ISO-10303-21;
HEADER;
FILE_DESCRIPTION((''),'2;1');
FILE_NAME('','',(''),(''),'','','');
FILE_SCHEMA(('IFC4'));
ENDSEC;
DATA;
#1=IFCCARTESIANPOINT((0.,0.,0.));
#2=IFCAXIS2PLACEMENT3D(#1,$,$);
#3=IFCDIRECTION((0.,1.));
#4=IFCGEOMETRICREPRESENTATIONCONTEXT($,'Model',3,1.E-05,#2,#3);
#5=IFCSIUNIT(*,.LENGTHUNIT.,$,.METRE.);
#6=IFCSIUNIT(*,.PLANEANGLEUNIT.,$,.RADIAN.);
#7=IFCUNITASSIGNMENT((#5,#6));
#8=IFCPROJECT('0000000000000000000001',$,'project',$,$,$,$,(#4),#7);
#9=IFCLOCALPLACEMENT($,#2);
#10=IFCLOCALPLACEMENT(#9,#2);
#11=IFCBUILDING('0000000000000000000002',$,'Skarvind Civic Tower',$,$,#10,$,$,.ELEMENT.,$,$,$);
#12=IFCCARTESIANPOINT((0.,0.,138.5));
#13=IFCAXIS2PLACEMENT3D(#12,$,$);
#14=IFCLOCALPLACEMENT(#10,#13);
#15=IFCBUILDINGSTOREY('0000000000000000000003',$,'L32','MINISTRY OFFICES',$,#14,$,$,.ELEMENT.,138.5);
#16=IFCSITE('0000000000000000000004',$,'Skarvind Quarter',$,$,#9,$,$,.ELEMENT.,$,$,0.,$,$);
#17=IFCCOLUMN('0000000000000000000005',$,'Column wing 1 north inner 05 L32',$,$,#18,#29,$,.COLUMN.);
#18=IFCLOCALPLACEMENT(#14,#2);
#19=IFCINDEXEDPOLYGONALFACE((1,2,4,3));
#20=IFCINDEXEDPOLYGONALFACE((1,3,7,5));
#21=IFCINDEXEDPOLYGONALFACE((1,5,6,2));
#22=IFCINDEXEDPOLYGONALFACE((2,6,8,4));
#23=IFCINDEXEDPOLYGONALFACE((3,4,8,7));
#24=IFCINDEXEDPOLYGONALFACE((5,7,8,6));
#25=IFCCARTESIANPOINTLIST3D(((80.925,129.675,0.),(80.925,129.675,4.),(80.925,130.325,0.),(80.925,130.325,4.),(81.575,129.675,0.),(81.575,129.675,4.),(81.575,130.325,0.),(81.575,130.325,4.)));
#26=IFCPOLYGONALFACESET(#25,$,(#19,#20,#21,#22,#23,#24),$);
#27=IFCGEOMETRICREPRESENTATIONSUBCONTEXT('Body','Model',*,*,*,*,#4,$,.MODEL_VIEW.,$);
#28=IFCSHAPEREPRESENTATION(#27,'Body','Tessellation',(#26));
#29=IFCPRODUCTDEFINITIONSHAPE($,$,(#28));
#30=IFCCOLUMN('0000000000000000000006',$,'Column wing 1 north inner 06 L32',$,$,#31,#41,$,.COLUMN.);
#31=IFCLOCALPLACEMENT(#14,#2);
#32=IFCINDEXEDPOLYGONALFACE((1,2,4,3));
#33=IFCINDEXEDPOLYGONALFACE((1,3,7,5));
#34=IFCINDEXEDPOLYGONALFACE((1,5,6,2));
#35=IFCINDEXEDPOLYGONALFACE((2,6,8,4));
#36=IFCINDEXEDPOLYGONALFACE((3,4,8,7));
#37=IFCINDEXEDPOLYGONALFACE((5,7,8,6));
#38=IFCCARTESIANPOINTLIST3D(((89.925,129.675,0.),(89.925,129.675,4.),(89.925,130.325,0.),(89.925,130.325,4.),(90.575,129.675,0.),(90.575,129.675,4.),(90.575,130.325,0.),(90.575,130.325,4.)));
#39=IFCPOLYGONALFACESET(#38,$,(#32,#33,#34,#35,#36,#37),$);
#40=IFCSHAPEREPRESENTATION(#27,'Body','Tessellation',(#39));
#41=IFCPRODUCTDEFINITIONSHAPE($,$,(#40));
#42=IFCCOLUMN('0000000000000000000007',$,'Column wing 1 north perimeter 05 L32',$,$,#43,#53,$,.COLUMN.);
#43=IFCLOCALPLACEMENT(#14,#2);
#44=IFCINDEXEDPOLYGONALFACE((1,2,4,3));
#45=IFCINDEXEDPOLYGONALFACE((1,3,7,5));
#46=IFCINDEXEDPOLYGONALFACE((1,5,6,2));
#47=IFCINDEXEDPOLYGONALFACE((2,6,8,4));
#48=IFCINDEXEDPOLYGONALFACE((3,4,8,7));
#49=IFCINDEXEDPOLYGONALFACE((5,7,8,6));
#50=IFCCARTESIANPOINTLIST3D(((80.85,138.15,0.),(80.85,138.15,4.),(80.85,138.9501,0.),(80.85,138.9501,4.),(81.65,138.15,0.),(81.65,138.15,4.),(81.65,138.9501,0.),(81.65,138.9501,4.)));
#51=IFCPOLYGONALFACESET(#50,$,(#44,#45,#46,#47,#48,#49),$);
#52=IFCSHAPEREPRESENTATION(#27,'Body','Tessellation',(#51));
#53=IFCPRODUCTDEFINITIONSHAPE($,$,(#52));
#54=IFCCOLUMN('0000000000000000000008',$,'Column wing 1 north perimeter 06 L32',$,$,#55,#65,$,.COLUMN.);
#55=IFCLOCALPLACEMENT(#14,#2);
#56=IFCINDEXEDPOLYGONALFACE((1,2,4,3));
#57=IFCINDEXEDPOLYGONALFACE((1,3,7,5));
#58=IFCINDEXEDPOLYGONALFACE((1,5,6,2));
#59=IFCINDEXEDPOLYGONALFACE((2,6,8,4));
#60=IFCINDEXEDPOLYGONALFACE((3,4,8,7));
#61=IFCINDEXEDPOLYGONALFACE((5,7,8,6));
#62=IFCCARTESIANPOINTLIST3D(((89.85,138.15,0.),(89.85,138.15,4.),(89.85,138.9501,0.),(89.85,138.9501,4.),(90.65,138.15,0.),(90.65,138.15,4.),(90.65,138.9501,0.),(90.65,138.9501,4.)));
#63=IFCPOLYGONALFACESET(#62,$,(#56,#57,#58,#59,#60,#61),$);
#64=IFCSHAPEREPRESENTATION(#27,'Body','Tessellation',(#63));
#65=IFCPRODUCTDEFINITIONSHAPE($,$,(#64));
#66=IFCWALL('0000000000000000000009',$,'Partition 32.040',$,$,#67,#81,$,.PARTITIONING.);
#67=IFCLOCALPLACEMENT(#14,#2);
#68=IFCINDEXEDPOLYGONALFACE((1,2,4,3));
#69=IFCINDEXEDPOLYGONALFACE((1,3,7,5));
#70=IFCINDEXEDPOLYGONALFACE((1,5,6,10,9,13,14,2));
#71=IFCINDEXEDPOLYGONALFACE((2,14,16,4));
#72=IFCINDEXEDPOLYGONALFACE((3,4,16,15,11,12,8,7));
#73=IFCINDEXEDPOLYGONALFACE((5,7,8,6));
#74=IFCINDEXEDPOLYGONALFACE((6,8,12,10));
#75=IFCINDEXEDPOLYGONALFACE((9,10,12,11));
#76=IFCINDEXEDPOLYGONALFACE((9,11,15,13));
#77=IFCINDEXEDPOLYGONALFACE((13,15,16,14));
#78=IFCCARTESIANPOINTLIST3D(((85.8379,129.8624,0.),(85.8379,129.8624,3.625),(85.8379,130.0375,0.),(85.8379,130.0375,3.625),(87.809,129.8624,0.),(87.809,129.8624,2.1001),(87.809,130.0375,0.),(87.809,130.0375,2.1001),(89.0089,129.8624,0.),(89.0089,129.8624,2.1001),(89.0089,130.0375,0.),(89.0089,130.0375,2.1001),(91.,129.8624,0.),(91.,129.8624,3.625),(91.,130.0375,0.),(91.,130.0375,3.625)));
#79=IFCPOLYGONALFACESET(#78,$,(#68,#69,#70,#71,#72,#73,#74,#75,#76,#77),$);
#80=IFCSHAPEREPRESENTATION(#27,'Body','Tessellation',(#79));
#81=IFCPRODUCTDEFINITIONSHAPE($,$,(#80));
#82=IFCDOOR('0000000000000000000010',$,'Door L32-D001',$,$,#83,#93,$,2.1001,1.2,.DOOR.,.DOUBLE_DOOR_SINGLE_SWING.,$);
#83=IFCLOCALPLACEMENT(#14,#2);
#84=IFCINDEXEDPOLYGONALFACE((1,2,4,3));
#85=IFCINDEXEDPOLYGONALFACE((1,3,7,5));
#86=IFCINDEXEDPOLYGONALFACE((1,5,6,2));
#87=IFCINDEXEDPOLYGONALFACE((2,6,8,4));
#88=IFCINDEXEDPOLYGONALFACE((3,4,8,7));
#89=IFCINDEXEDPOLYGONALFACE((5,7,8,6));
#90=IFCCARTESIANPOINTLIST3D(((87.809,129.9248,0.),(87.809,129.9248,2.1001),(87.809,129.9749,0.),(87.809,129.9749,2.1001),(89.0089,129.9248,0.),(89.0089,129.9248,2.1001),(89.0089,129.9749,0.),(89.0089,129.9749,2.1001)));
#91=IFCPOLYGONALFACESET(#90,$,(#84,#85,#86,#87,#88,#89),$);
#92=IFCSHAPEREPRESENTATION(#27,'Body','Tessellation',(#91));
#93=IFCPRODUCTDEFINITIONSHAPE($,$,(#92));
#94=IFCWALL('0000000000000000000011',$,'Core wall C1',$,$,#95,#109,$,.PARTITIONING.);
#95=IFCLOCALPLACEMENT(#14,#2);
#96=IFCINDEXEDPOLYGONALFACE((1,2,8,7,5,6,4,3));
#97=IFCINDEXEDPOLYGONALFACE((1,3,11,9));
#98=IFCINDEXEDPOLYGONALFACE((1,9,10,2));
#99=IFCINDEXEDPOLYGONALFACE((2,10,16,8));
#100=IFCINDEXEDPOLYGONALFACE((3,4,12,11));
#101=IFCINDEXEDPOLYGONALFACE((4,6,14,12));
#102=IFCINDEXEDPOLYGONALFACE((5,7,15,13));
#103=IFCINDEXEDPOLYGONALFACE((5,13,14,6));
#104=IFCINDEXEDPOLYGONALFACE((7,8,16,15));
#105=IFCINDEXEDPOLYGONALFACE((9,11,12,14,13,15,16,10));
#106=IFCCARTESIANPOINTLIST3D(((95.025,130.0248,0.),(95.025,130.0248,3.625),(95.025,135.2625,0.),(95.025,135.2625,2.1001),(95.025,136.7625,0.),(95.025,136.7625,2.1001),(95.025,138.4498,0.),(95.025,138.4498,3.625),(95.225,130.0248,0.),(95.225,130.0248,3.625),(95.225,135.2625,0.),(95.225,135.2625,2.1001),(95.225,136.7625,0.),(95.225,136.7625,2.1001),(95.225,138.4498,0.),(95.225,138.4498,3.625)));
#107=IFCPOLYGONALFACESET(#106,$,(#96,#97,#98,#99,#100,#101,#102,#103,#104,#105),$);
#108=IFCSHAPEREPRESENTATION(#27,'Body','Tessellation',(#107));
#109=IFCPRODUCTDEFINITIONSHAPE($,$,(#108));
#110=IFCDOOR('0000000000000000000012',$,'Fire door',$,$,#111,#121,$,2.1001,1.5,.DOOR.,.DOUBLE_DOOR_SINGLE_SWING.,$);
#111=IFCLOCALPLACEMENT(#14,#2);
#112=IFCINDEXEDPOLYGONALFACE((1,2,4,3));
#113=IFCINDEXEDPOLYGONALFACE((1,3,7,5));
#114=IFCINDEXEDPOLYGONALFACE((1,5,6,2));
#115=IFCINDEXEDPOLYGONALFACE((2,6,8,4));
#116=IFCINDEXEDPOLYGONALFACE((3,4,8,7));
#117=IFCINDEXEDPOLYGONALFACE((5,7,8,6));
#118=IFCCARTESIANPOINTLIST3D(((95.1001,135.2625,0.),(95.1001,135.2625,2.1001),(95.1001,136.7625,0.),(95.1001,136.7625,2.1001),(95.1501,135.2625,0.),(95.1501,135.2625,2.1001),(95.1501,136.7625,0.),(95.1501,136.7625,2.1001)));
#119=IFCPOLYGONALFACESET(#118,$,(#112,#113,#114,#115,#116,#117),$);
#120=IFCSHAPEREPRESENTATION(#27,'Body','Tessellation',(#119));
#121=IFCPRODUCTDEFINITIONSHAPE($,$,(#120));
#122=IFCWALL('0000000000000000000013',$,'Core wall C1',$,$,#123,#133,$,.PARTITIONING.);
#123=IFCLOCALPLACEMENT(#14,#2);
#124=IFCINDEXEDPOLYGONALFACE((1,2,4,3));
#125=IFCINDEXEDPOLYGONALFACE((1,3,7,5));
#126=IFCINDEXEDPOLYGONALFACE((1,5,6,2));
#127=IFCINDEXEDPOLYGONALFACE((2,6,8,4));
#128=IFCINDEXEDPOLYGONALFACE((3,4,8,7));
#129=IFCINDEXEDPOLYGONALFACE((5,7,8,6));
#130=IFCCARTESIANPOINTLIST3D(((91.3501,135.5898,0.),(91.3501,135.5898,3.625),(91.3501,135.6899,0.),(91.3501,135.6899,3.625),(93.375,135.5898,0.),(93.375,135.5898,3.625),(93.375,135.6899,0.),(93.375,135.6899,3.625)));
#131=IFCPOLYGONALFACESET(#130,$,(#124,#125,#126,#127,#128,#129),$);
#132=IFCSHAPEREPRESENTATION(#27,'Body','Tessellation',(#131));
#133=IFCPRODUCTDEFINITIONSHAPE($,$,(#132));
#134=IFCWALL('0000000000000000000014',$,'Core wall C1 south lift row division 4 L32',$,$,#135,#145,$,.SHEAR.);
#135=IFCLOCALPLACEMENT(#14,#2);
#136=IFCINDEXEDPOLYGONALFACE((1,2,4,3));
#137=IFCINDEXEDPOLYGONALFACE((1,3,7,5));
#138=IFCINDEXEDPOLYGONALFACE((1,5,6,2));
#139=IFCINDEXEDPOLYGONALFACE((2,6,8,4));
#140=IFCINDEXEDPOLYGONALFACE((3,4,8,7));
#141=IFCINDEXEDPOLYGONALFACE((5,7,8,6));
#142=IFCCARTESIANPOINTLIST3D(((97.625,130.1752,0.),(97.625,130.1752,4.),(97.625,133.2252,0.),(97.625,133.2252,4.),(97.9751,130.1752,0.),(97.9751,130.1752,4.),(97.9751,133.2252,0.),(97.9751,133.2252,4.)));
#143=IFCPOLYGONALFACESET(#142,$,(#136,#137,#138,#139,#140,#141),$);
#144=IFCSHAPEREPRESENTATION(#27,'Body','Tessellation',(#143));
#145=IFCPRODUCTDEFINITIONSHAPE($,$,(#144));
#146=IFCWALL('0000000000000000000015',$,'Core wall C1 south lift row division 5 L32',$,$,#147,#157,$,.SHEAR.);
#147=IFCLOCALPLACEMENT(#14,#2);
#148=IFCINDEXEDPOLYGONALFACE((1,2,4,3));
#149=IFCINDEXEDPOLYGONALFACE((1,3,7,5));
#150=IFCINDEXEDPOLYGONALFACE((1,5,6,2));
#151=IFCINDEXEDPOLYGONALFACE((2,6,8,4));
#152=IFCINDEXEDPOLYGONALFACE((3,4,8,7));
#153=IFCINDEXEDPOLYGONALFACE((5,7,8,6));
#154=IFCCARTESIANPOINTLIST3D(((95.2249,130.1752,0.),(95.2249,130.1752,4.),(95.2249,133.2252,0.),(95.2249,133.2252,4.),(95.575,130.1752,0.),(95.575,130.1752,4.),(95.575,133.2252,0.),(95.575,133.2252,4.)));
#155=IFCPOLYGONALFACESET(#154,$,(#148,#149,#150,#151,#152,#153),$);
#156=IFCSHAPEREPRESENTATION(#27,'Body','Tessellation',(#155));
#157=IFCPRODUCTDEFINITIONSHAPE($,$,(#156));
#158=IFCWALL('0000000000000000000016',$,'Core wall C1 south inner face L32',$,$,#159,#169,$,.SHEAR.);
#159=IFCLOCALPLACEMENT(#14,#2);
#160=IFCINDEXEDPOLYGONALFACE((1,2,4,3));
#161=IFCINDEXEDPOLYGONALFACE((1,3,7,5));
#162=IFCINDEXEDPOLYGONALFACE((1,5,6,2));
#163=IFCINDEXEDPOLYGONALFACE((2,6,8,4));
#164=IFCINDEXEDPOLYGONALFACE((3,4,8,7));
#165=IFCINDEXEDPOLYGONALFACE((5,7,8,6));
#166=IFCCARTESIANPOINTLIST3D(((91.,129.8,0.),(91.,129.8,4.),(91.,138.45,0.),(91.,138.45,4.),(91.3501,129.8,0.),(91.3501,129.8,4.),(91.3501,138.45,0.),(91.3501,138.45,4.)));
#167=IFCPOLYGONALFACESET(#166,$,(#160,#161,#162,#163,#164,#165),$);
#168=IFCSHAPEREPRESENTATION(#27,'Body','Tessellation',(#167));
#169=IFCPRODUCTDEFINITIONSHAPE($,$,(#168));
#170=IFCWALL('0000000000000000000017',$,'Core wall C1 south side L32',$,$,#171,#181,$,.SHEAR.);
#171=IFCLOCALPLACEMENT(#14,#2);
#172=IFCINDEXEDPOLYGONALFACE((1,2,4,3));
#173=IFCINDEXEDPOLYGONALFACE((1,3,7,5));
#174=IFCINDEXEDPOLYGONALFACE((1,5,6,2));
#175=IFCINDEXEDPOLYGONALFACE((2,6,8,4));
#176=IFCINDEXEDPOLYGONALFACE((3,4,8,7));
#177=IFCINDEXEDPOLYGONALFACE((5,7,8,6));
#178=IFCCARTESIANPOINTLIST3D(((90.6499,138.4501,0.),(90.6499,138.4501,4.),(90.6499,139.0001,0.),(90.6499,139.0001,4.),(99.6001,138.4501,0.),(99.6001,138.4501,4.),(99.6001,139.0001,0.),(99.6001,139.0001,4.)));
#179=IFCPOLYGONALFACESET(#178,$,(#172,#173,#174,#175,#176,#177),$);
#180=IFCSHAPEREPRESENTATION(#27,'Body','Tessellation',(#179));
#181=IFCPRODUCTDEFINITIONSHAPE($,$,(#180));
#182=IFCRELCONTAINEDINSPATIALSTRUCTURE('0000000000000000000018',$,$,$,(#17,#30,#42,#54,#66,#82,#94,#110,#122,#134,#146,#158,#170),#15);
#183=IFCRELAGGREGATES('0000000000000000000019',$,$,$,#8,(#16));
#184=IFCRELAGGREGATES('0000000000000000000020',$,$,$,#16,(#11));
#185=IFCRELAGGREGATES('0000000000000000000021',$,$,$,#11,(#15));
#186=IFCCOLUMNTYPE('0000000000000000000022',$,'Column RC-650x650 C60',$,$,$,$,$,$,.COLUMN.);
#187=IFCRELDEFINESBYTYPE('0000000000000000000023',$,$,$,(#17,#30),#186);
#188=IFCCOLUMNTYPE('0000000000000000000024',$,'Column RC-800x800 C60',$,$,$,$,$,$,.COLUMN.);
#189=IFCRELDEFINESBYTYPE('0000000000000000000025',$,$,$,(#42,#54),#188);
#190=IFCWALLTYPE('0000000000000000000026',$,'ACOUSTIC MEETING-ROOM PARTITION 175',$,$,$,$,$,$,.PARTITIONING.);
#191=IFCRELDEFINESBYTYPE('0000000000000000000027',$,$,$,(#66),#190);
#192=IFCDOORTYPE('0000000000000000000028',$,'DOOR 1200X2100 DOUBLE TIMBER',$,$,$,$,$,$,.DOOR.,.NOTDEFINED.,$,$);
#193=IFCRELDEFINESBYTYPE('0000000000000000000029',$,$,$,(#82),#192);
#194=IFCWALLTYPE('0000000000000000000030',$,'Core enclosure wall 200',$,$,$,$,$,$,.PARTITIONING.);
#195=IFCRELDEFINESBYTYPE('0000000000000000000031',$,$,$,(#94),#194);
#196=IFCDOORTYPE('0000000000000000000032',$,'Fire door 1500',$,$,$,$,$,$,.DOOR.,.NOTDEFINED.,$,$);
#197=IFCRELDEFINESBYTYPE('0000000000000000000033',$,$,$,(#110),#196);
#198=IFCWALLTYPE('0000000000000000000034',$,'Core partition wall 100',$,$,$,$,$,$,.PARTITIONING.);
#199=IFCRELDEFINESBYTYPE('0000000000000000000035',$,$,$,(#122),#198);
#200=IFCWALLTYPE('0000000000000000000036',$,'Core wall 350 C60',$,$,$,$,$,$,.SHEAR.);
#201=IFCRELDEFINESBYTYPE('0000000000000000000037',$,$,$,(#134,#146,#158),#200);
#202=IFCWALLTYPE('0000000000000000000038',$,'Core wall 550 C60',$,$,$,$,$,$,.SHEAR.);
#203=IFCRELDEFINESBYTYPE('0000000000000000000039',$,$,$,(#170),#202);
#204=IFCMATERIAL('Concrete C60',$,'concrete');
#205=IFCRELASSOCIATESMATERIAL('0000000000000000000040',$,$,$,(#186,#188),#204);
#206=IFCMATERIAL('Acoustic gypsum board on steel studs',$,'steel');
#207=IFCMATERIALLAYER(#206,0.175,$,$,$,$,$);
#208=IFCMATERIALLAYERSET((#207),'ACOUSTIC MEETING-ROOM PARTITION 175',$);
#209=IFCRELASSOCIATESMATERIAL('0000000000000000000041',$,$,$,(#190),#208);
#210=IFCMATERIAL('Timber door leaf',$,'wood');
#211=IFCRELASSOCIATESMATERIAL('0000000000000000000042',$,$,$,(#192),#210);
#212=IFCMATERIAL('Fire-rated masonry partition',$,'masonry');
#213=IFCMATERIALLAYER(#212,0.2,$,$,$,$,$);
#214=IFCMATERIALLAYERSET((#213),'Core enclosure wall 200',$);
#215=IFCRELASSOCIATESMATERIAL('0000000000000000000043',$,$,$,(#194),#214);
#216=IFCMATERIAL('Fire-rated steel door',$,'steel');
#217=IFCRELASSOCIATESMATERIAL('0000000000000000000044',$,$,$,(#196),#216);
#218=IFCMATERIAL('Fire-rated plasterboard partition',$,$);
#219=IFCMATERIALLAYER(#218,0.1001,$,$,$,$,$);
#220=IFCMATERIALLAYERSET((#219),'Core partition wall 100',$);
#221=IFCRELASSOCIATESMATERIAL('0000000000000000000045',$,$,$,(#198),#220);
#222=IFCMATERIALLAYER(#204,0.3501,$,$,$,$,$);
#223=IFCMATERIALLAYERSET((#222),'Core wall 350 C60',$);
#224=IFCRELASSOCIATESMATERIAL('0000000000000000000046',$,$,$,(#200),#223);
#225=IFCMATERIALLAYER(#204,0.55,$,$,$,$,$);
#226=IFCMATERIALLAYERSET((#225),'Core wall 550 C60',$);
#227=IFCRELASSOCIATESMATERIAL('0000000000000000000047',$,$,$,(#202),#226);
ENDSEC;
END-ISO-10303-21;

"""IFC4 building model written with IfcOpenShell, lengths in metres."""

from ifc_helpers import new_model, si_unit, direction, frame, frame_2d, origin, origin_2d, place, context, subcontext, project, spatial, rectangle, extrude, material, layer, layer_set, material_profile, profile_set, type_object, element, fill, save


model = new_model("IFC4")

# Units and contexts
model_context = context("Model", 3, precision=1e-05, world=origin(), true_north=direction((0.0, 1.0)))
body_context = subcontext(model_context, "Body", "Model", "MODEL_VIEW")
ifc_project = project(units=[si_unit("LENGTHUNIT", "METRE"), si_unit("PLANEANGLEUNIT", "RADIAN")], contexts=[model_context])

# Site, building, storey
site_placement = place(None, origin())
site = spatial("IfcSite", under=ifc_project, at=site_placement, Name="Skarvind Quarter", CompositionType="ELEMENT", RefElevation=0.0)
building_placement = place(site_placement, origin())
building = spatial("IfcBuilding", under=site, at=building_placement, Name="Skarvind Civic Tower", CompositionType="ELEMENT")
storey_placement = place(building_placement, frame((0.0, 0.0, 138.5)))
storey = spatial("IfcBuildingStorey", under=building, at=storey_placement, Name="L32", Description="MINISTRY OFFICES", CompositionType="ELEMENT", Elevation=138.5)

# Columns
ifc_material_1 = material(Name="Concrete C60", Category="concrete")
ifc_material_profile_1 = material_profile(ifc_material_1, rectangle(XDim=0.6499, YDim=0.6499, at=origin_2d()), Name="RC-650x650")
ifc_profile_set_1 = profile_set([ifc_material_profile_1], Name="Concrete C60")
column_type_1 = type_object("IfcColumnType", Name="Column RC-650x650 C60", PredefinedType="COLUMN", material=ifc_profile_set_1)
for number, where, z_axis, x_axis, name in (
    (1, (81.25, 130.0, 0.0), (0.0, 0.0, 1.0), (1.0, 0.0, 0.0), "Column wing 1 north inner 05 L32"),
    (2, (90.25, 130.0, 0.0), (0.0, 0.0, 1.0), (1.0, 0.0, 0.0), "Column wing 1 north inner 06 L32"),
):
    element("IfcColumn", number, at=place(storey_placement, frame(where, z_axis=z_axis, x_axis=x_axis)), inside=storey, type_object=column_type_1, Name=name, PredefinedType="COLUMN", context=body_context, shape_type="SweptSolid", body=[
        extrude(rectangle(XDim=0.6499, YDim=0.6499, at=origin_2d()), origin(), (0.0, 0.0, 1.0), 4.0),
    ])
ifc_material_profile_2 = material_profile(ifc_material_1, rectangle(XDim=0.8, YDim=0.8, at=origin_2d()), Name="RC-800x800")
ifc_profile_set_2 = profile_set([ifc_material_profile_2], Name="Concrete C60")
column_type_2 = type_object("IfcColumnType", Name="Column RC-800x800 C60", PredefinedType="COLUMN", material=ifc_profile_set_2)
for number, where, z_axis, x_axis, name in (
    (3, (81.25, 138.55, 0.0), (0.0, 0.0, 1.0), (1.0, 0.0, 0.0), "Column wing 1 north perimeter 05 L32"),
    (4, (90.25, 138.55, 0.0), (0.0, 0.0, 1.0), (1.0, 0.0, 0.0), "Column wing 1 north perimeter 06 L32"),
):
    element("IfcColumn", number, at=place(storey_placement, frame(where, z_axis=z_axis, x_axis=x_axis)), inside=storey, type_object=column_type_2, Name=name, PredefinedType="COLUMN", context=body_context, shape_type="SweptSolid", body=[
        extrude(rectangle(XDim=0.8, YDim=0.8, at=origin_2d()), origin(), (0.0, 0.0, 1.0), 4.0),
    ])

# Walls, openings, doors
ifc_material_2 = material(Name="Acoustic gypsum board on steel studs", Category="steel")
ifc_layer_1 = layer(ifc_material_2, 0.175)
ifc_layer_set_1 = layer_set([ifc_layer_1], Name="ACOUSTIC MEETING-ROOM PARTITION 175")
wall_type_1 = type_object("IfcWallType", Name="ACOUSTIC MEETING-ROOM PARTITION 175", PredefinedType="PARTITIONING", material=ifc_layer_set_1)
wall_1_placement = place(storey_placement, frame((85.8379, 129.95, 0.0), z_axis=(0.0, 0.0, 1.0), x_axis=(1.0, 0.0, 0.0)))
wall_1 = element("IfcWall", 5, at=wall_1_placement, inside=storey, type_object=wall_type_1, Name="Partition 32.040", PredefinedType="PARTITIONING", context=body_context, shape_type="SweptSolid", body=[
    extrude(rectangle(XDim=5.1621, YDim=0.175, at=frame_2d((2.5811, 0.0))), origin(), (0.0, 0.0, 1.0), 3.625),
])
opening_1_placement = place(wall_1_placement, frame((1.9709, 0.0, 0.0)))
opening_1 = element("IfcOpeningElement", 6, at=opening_1_placement, cuts=wall_1, PredefinedType="OPENING", context=body_context, shape_type="SweptSolid", body=[
    extrude(rectangle(XDim=1.2, YDim=2.1001, at=frame_2d((0.6001, 1.05))), frame((0.0, 0.0974, 0.0), z_axis=(0.0, -1.0, 0.0), x_axis=(1.0, 0.0, 0.0)), (0.0, 0.0, 1.0), 0.1951),
])
ifc_material_3 = material(Name="Timber door leaf", Category="wood")
door_type_1 = type_object("IfcDoorType", Name="DOOR 1200X2100 DOUBLE TIMBER", OperationType="NOTDEFINED", PredefinedType="DOOR", material=ifc_material_3)
door_1_placement = place(opening_1_placement, origin())
door_1 = element("IfcDoor", 7, at=door_1_placement, inside=storey, type_object=door_type_1, Name="Door L32-D001", OperationType="DOUBLE_DOOR_SINGLE_SWING", OverallHeight=2.1001, OverallWidth=1.2, PredefinedType="DOOR", context=body_context, shape_type="SweptSolid", body=[
    extrude(rectangle(XDim=1.2, YDim=2.1001, at=frame_2d((0.6001, 1.05))), frame((0.0, 0.0249, 0.0), z_axis=(0.0, -1.0, 0.0), x_axis=(1.0, 0.0, 0.0)), (0.0, 0.0, 1.0), 0.05),
])
fill(opening_1, door_1)
ifc_material_4 = material(Name="Fire-rated masonry partition", Category="masonry")
ifc_layer_2 = layer(ifc_material_4, 0.2)
ifc_layer_set_2 = layer_set([ifc_layer_2], Name="Core enclosure wall 200")
wall_type_2 = type_object("IfcWallType", Name="Core enclosure wall 200", PredefinedType="PARTITIONING", material=ifc_layer_set_2)
wall_2_placement = place(storey_placement, frame((95.125, 130.0249, 0.0), z_axis=(0.0, 0.0, 1.0), x_axis=(0.0, 1.0, 0.0)))
wall_2 = element("IfcWall", 8, at=wall_2_placement, inside=storey, type_object=wall_type_2, Name="Core wall C1", PredefinedType="PARTITIONING", context=body_context, shape_type="SweptSolid", body=[
    extrude(rectangle(XDim=8.425, YDim=0.2, at=frame_2d((4.2124, 0.0))), origin(), (0.0, 0.0, 1.0), 3.625),
])
opening_2_placement = place(wall_2_placement, frame((5.2375, 0.0, 0.0)))
opening_2 = element("IfcOpeningElement", 9, at=opening_2_placement, cuts=wall_2, PredefinedType="OPENING", context=body_context, shape_type="SweptSolid", body=[
    extrude(rectangle(XDim=1.5, YDim=2.1001, at=frame_2d((0.75, 1.05))), frame((0.0, 0.1099, 0.0), z_axis=(0.0, -1.0, 0.0), x_axis=(1.0, 0.0, 0.0)), (0.0, 0.0, 1.0), 0.22),
])
ifc_material_5 = material(Name="Fire-rated steel door", Category="steel")
door_type_2 = type_object("IfcDoorType", Name="Fire door 1500", OperationType="NOTDEFINED", PredefinedType="DOOR", material=ifc_material_5)
door_2_placement = place(opening_2_placement, origin())
door_2 = element("IfcDoor", 10, at=door_2_placement, inside=storey, type_object=door_type_2, Name="Fire door", OperationType="DOUBLE_DOOR_SINGLE_SWING", OverallHeight=2.1001, OverallWidth=1.5, PredefinedType="DOOR", context=body_context, shape_type="SweptSolid", body=[
    extrude(rectangle(XDim=1.5, YDim=2.1001, at=frame_2d((0.75, 1.05))), frame((0.0, 0.0249, 0.0), z_axis=(0.0, -1.0, 0.0), x_axis=(1.0, 0.0, 0.0)), (0.0, 0.0, 1.0), 0.05),
])
fill(opening_2, door_2)

# Walls
ifc_material_6 = material(Name="Fire-rated plasterboard partition")
ifc_layer_3 = layer(ifc_material_6, 0.1001)
ifc_layer_set_3 = layer_set([ifc_layer_3], Name="Core partition wall 100")
wall_type_3 = type_object("IfcWallType", Name="Core partition wall 100", PredefinedType="PARTITIONING", material=ifc_layer_set_3)
wall_3_placement = place(storey_placement, frame((91.3501, 135.6399, 0.0), z_axis=(0.0, 0.0, 1.0), x_axis=(1.0, 0.0, 0.0)))
element("IfcWall", 11, at=wall_3_placement, inside=storey, type_object=wall_type_3, Name="Core wall C1", PredefinedType="PARTITIONING", context=body_context, shape_type="SweptSolid", body=[
    extrude(rectangle(XDim=2.0249, YDim=0.1001, at=frame_2d((1.0125, 0.0))), origin(), (0.0, 0.0, 1.0), 3.625),
])
ifc_layer_4 = layer(ifc_material_1, 0.3501)
ifc_layer_set_4 = layer_set([ifc_layer_4], Name="Core wall 350 C60")
wall_type_4 = type_object("IfcWallType", Name="Core wall 350 C60", PredefinedType="SHEAR", material=ifc_layer_set_4)
for number, where, z_axis, x_axis, name in (
    (12, (97.8, 133.2251, 0.0), (0.0, 0.0, 1.0), (0.0, -1.0, 0.0), "Core wall C1 south lift row division 4 L32"),
    (13, (95.3999, 133.2251, 0.0), (0.0, 0.0, 1.0), (0.0, -1.0, 0.0), "Core wall C1 south lift row division 5 L32"),
):
    element("IfcWall", number, at=place(storey_placement, frame(where, z_axis=z_axis, x_axis=x_axis)), inside=storey, type_object=wall_type_4, Name=name, PredefinedType="SHEAR", context=body_context, shape_type="SweptSolid", body=[
        extrude(rectangle(XDim=3.05, YDim=0.3501, at=frame_2d((1.5249, 0.0))), origin(), (0.0, 0.0, 1.0), 4.0),
    ])
wall_4_placement = place(storey_placement, frame((91.175, 138.45, 0.0), z_axis=(0.0, 0.0, 1.0), x_axis=(0.0, -1.0, 0.0)))
element("IfcWall", 14, at=wall_4_placement, inside=storey, type_object=wall_type_4, Name="Core wall C1 south inner face L32", PredefinedType="SHEAR", context=body_context, shape_type="SweptSolid", body=[
    extrude(rectangle(XDim=8.6499, YDim=0.3501, at=frame_2d((4.325, 0.0))), origin(), (0.0, 0.0, 1.0), 4.0),
])
ifc_layer_5 = layer(ifc_material_1, 0.55)
ifc_layer_set_5 = layer_set([ifc_layer_5], Name="Core wall 550 C60")
wall_type_5 = type_object("IfcWallType", Name="Core wall 550 C60", PredefinedType="SHEAR", material=ifc_layer_set_5)
wall_5_placement = place(storey_placement, frame((99.6001, 138.7251, 0.0), z_axis=(0.0, 0.0, 1.0), x_axis=(-1.0, 0.0, 0.0)))
element("IfcWall", 15, at=wall_5_placement, inside=storey, type_object=wall_type_5, Name="Core wall C1 south side L32", PredefinedType="SHEAR", context=body_context, shape_type="SweptSolid", body=[
    extrude(rectangle(XDim=8.9502, YDim=0.55, at=frame_2d((4.4751, 0.0))), origin(), (0.0, 0.0, 1.0), 4.0),
])

save(model, "model.ifc")
